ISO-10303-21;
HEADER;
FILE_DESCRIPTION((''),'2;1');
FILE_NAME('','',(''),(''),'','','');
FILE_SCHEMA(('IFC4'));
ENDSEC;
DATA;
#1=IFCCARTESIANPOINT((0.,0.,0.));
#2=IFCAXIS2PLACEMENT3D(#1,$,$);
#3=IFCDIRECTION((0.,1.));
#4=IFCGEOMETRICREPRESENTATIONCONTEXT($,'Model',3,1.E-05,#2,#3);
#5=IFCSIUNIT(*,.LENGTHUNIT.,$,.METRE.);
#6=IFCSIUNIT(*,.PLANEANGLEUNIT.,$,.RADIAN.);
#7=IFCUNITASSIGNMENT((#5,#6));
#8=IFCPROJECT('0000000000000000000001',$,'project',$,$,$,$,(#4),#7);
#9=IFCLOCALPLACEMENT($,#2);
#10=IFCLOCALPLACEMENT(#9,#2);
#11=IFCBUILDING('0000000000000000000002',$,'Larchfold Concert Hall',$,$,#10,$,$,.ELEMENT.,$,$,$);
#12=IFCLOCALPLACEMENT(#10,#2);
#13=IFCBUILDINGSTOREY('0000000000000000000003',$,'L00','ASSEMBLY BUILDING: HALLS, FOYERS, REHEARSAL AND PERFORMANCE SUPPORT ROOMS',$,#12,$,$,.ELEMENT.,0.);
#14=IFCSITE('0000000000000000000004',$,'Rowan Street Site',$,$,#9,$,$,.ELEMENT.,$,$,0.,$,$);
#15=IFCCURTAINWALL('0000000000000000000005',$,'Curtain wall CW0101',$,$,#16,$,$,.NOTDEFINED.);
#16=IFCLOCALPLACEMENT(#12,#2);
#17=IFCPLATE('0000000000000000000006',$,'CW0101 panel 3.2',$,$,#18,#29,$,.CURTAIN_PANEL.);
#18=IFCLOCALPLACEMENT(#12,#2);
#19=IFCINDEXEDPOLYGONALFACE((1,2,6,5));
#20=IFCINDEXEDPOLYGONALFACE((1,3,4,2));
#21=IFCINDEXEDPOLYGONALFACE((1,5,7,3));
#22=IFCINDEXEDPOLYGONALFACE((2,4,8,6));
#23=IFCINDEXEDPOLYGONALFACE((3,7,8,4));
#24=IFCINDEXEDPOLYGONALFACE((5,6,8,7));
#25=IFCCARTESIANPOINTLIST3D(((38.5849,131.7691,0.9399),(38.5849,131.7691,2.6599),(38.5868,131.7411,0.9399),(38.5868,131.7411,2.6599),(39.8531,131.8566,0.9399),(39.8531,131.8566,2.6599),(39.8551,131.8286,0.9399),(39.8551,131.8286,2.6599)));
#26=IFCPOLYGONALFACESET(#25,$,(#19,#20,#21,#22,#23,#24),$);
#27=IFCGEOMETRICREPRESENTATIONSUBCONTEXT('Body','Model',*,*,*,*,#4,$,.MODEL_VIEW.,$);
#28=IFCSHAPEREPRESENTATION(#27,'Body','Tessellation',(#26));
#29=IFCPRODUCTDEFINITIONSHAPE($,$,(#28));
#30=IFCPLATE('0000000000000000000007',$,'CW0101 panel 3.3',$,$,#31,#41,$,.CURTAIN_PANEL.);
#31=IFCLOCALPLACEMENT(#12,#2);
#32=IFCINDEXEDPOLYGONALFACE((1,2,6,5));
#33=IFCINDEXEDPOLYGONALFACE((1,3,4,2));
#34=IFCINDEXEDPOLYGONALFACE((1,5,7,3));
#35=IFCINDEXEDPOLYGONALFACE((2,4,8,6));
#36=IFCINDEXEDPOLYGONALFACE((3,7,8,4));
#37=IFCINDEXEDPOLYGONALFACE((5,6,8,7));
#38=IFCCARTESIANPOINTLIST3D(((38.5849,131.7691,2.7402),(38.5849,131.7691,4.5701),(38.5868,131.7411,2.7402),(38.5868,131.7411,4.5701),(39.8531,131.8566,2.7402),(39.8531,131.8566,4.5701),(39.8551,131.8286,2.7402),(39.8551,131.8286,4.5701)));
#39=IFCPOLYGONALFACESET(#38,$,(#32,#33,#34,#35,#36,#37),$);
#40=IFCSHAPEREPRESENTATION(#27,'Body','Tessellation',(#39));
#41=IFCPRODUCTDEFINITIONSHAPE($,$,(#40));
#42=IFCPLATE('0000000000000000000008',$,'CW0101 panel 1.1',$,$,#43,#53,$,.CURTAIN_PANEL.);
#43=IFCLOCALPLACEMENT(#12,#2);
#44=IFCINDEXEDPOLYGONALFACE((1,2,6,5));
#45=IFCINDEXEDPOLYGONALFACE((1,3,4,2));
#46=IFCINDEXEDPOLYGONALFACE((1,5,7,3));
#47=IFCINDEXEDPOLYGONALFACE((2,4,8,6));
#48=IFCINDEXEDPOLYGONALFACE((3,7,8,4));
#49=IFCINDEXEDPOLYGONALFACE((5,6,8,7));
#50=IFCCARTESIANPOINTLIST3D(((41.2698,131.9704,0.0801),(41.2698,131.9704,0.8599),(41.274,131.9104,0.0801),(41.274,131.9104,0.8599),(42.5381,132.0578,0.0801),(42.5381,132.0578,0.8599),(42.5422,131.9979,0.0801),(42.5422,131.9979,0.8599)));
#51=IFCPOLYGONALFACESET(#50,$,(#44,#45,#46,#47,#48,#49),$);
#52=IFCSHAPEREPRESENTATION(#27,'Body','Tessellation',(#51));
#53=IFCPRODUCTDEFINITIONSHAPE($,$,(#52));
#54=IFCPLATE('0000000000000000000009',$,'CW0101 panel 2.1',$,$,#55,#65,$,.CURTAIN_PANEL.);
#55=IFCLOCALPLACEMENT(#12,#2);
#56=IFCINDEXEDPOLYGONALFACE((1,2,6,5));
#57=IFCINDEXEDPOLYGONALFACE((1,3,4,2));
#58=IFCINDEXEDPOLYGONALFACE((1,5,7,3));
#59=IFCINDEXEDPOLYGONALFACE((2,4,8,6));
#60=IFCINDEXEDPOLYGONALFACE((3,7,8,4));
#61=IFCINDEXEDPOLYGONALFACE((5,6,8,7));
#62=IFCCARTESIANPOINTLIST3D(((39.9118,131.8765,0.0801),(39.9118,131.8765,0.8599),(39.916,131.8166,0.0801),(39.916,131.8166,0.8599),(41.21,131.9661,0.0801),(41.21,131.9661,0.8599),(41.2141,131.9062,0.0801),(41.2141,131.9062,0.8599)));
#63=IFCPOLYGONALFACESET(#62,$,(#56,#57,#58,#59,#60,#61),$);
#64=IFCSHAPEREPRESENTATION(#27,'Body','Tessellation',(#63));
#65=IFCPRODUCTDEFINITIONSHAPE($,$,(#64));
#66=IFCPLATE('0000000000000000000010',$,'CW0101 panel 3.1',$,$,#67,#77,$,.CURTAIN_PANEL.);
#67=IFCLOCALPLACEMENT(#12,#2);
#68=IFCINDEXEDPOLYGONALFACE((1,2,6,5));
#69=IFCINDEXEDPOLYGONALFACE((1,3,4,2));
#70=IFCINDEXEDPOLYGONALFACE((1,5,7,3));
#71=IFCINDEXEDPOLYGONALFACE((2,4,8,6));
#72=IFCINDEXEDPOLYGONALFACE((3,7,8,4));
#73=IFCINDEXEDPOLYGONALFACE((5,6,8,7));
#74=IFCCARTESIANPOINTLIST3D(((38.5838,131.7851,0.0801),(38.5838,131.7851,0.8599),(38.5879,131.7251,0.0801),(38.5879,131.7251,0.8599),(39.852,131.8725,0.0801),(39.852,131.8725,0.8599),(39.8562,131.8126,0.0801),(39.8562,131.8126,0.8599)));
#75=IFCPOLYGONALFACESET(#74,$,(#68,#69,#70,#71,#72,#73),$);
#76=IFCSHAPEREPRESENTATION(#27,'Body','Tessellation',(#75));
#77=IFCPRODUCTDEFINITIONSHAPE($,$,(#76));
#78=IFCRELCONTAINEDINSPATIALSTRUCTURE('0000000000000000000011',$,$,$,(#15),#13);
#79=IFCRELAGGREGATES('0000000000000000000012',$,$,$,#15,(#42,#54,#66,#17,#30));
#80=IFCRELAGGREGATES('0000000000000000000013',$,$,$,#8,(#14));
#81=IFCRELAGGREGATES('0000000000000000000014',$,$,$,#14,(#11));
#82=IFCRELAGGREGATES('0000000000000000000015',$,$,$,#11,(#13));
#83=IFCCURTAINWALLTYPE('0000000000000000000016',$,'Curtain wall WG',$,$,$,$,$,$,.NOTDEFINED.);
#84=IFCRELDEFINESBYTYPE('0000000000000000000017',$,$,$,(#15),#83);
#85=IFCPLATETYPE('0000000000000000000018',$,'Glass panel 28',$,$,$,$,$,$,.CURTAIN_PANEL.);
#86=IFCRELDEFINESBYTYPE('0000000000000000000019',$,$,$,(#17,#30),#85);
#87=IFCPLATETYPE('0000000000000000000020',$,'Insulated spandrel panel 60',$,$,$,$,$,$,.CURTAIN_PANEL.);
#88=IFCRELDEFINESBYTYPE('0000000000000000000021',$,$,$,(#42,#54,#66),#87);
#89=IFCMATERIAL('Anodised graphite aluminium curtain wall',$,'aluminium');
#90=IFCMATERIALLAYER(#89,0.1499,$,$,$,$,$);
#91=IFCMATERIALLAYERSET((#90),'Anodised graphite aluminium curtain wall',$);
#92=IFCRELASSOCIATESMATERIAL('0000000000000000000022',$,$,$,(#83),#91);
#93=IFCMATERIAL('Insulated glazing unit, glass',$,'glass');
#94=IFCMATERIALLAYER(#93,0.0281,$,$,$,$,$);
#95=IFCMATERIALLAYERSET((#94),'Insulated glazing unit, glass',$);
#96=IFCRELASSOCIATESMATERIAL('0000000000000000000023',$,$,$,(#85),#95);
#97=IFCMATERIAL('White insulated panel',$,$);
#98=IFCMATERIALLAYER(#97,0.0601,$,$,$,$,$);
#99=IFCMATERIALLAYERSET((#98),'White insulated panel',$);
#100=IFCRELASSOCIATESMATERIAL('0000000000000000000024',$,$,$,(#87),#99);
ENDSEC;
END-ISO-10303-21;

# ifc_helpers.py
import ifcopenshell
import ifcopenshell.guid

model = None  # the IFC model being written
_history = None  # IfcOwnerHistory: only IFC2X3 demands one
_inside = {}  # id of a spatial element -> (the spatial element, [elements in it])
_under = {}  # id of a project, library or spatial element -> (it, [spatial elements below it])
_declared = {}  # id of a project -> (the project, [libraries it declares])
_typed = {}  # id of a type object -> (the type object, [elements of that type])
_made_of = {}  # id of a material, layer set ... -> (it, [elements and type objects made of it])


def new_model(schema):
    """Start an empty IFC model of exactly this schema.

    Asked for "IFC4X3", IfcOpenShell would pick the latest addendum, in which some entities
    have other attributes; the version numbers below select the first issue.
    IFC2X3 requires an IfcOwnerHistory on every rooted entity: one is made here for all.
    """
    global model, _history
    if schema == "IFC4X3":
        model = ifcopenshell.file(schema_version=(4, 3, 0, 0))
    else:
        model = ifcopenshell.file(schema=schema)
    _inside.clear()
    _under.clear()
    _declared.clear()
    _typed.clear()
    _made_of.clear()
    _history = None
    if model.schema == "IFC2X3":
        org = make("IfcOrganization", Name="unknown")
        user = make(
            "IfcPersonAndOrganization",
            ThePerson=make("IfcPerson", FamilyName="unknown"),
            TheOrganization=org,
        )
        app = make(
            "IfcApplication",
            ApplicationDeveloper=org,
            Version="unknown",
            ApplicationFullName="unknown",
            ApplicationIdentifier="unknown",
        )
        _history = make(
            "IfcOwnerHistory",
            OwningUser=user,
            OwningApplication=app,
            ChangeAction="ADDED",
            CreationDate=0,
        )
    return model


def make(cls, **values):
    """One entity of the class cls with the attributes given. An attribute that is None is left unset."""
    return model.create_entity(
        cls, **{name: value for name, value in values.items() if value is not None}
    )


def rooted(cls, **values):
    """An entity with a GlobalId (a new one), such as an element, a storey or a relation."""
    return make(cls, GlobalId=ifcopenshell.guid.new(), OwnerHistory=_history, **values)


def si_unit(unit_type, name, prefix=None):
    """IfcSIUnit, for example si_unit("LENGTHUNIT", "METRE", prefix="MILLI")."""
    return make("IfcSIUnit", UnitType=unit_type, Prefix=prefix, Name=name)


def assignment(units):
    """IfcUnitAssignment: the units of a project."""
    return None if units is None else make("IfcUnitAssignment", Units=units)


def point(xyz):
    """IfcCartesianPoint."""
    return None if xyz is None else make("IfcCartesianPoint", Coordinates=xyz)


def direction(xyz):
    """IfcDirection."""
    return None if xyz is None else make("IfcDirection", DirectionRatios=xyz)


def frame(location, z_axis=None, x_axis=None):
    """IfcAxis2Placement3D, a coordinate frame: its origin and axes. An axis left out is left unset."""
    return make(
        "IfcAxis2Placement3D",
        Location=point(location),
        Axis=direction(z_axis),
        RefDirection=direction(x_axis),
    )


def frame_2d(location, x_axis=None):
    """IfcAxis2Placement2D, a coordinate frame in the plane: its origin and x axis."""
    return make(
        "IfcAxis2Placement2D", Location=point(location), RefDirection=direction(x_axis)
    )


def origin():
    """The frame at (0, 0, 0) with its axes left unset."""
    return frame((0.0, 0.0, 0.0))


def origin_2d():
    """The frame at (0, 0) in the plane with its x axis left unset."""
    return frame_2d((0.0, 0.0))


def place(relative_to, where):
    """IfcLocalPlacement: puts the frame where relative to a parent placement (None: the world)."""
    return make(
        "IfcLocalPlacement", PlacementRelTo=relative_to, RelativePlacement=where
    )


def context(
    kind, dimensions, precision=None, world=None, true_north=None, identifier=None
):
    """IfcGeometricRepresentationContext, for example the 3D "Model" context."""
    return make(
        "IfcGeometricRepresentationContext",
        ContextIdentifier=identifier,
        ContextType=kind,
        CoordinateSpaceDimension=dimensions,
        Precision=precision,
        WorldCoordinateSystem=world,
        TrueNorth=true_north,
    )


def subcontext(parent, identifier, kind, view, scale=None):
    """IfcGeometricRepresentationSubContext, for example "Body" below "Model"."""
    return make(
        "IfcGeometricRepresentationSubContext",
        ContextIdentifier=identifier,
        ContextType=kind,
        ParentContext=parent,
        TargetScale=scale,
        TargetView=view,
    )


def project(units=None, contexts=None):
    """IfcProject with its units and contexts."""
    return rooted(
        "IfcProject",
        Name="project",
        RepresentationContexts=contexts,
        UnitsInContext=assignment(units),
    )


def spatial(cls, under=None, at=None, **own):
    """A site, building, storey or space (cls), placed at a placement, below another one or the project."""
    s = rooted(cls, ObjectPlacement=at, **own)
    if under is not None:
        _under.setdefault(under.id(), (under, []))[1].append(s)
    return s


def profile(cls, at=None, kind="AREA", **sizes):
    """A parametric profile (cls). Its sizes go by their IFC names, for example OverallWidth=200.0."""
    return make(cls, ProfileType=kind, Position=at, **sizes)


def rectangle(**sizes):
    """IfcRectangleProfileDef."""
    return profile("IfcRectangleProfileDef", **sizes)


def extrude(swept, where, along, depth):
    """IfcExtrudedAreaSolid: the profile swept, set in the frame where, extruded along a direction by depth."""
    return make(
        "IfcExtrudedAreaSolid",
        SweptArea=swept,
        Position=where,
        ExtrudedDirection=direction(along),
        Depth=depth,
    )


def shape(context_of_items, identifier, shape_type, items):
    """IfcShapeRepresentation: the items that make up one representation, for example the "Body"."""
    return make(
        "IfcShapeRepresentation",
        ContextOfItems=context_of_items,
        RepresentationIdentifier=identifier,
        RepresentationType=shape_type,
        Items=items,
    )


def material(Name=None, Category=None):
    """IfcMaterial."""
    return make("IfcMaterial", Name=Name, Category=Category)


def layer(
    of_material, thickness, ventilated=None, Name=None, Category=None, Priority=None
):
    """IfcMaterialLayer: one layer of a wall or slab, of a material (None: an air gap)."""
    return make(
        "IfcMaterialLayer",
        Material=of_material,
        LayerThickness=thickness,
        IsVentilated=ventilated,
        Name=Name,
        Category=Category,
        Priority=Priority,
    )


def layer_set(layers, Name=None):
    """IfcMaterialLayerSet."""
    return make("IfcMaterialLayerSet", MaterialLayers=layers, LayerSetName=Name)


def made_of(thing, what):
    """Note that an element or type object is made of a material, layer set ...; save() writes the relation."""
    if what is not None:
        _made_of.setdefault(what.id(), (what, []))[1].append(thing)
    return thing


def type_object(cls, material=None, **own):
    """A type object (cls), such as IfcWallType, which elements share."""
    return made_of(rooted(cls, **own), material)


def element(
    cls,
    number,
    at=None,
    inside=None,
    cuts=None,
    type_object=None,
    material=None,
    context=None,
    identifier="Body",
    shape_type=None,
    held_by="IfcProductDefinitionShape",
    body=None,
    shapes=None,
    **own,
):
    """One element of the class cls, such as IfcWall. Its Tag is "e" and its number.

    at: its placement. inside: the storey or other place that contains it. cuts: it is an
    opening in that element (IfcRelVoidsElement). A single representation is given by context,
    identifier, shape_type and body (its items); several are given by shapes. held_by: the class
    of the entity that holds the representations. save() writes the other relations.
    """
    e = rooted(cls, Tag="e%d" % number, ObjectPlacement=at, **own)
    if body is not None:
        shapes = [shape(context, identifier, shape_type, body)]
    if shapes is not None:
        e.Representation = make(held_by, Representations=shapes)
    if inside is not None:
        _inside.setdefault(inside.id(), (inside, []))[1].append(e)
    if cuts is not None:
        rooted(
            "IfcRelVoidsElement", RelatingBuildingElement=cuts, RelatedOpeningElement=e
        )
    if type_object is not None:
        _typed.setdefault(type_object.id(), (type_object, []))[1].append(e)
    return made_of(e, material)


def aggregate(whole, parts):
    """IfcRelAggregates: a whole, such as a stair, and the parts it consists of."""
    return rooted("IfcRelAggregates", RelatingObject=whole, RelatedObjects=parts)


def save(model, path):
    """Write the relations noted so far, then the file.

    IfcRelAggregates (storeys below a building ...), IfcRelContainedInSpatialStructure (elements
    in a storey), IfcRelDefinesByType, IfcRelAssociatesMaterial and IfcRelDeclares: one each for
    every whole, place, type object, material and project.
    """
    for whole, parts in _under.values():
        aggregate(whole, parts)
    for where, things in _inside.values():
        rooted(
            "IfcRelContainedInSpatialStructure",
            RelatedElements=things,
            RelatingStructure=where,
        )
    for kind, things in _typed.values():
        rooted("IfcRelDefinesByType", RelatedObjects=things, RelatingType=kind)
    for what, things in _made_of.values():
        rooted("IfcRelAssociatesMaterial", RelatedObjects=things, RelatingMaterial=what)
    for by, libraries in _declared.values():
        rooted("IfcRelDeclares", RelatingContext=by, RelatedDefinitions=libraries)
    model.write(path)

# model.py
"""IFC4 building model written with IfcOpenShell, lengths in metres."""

from ifc_helpers import new_model, si_unit, direction, frame, origin, origin_2d, place, context, subcontext, project, spatial, rectangle, extrude, material, layer, layer_set, type_object, element, aggregate, save


model = new_model("IFC4")

# Units and contexts
model_context = context("Model", 3, precision=1e-05, world=origin(), true_north=direction((0.0, 1.0)))
body_context = subcontext(model_context, "Body", "Model", "MODEL_VIEW")
ifc_project = project(units=[si_unit("LENGTHUNIT", "METRE"), si_unit("PLANEANGLEUNIT", "RADIAN")], contexts=[model_context])

# Site, building, storey
site_placement = place(None, origin())
site = spatial("IfcSite", under=ifc_project, at=site_placement, Name="Rowan Street Site", CompositionType="ELEMENT", RefElevation=0.0)
building_placement = place(site_placement, origin())
building = spatial("IfcBuilding", under=site, at=building_placement, Name="Larchfold Concert Hall", CompositionType="ELEMENT")
storey_placement = place(building_placement, origin())
storey = spatial("IfcBuildingStorey", under=building, at=storey_placement, Name="L00", Description="ASSEMBLY BUILDING: HALLS, FOYERS, REHEARSAL AND PERFORMANCE SUPPORT ROOMS", CompositionType="ELEMENT", Elevation=0.0)

# Curtain wall
ifc_material_1 = material(Name="Anodised graphite aluminium curtain wall", Category="aluminium")
ifc_layer_1 = layer(ifc_material_1, 0.1499)
ifc_layer_set_1 = layer_set([ifc_layer_1], Name="Anodised graphite aluminium curtain wall")
curtain_wall_type = type_object("IfcCurtainWallType", Name="Curtain wall WG", PredefinedType="NOTDEFINED", material=ifc_layer_set_1)
curtain_wall_1_placement = place(storey_placement, origin())
curtain_wall_1 = element("IfcCurtainWall", 1, at=curtain_wall_1_placement, inside=storey, type_object=curtain_wall_type, Name="Curtain wall CW0101", PredefinedType="NOTDEFINED")

# Plates
ifc_material_2 = material(Name="Insulated glazing unit, glass", Category="glass")
ifc_layer_2 = layer(ifc_material_2, 0.0281)
ifc_layer_set_2 = layer_set([ifc_layer_2], Name="Insulated glazing unit, glass")
plate_type_1 = type_object("IfcPlateType", Name="Glass panel 28", PredefinedType="CURTAIN_PANEL", material=ifc_layer_set_2)
plate_1_placement = place(storey_placement, frame((39.22, 131.7988, 0.9399), z_axis=(0.0, 0.0, 1.0), x_axis=(-0.99763, -0.068808, 0.0)))
plate_1 = element("IfcPlate", 2, at=plate_1_placement, type_object=plate_type_1, Name="CW0101 panel 3.2", PredefinedType="CURTAIN_PANEL", context=body_context, shape_type="SweptSolid", body=[
    extrude(rectangle(XDim=1.2712, YDim=0.0281, at=origin_2d()), origin(), (0.0, 0.0, 1.0), 1.72),
])
plate_2_placement = place(storey_placement, frame((39.22, 131.7988, 2.7402), z_axis=(0.0, 0.0, 1.0), x_axis=(-0.99763, -0.068808, 0.0)))
plate_2 = element("IfcPlate", 3, at=plate_2_placement, type_object=plate_type_1, Name="CW0101 panel 3.3", PredefinedType="CURTAIN_PANEL", context=body_context, shape_type="SweptSolid", body=[
    extrude(rectangle(XDim=1.2712, YDim=0.0281, at=origin_2d()), origin(), (0.0, 0.0, 1.0), 1.8298),
])
ifc_material_3 = material(Name="White insulated panel")
ifc_layer_3 = layer(ifc_material_3, 0.0601)
ifc_layer_set_3 = layer_set([ifc_layer_3], Name="White insulated panel")
plate_type_2 = type_object("IfcPlateType", Name="Insulated spandrel panel 60", PredefinedType="CURTAIN_PANEL", material=ifc_layer_set_3)
plate_3_placement = place(storey_placement, frame((41.906, 131.9841, 0.0801), z_axis=(0.0, 0.0, 1.0), x_axis=(-0.99763, -0.068808, 0.0)))
plate_3 = element("IfcPlate", 4, at=plate_3_placement, type_object=plate_type_2, Name="CW0101 panel 1.1", PredefinedType="CURTAIN_PANEL", context=body_context, shape_type="SweptSolid", body=[
    extrude(rectangle(XDim=1.2712, YDim=0.0601, at=origin_2d()), origin(), (0.0, 0.0, 1.0), 0.7798),
])
plate_4_placement = place(storey_placement, frame((40.563, 131.8914, 0.0801), z_axis=(0.0, 0.0, 1.0), x_axis=(-0.99763, -0.068808, 0.0)))
plate_4 = element("IfcPlate", 5, at=plate_4_placement, type_object=plate_type_2, Name="CW0101 panel 2.1", PredefinedType="CURTAIN_PANEL", context=body_context, shape_type="SweptSolid", body=[
    extrude(rectangle(XDim=1.3013, YDim=0.0601, at=origin_2d()), origin(), (0.0, 0.0, 1.0), 0.7798),
])
plate_5_placement = place(storey_placement, frame((39.22, 131.7988, 0.0801), z_axis=(0.0, 0.0, 1.0), x_axis=(-0.99763, -0.068808, 0.0)))
plate_5 = element("IfcPlate", 6, at=plate_5_placement, type_object=plate_type_2, Name="CW0101 panel 3.1", PredefinedType="CURTAIN_PANEL", context=body_context, shape_type="SweptSolid", body=[
    extrude(rectangle(XDim=1.2712, YDim=0.0601, at=origin_2d()), origin(), (0.0, 0.0, 1.0), 0.7798),
])
aggregate(curtain_wall_1, [plate_3, plate_4, plate_5, plate_1, plate_2])

save(model, "model.ifc")
